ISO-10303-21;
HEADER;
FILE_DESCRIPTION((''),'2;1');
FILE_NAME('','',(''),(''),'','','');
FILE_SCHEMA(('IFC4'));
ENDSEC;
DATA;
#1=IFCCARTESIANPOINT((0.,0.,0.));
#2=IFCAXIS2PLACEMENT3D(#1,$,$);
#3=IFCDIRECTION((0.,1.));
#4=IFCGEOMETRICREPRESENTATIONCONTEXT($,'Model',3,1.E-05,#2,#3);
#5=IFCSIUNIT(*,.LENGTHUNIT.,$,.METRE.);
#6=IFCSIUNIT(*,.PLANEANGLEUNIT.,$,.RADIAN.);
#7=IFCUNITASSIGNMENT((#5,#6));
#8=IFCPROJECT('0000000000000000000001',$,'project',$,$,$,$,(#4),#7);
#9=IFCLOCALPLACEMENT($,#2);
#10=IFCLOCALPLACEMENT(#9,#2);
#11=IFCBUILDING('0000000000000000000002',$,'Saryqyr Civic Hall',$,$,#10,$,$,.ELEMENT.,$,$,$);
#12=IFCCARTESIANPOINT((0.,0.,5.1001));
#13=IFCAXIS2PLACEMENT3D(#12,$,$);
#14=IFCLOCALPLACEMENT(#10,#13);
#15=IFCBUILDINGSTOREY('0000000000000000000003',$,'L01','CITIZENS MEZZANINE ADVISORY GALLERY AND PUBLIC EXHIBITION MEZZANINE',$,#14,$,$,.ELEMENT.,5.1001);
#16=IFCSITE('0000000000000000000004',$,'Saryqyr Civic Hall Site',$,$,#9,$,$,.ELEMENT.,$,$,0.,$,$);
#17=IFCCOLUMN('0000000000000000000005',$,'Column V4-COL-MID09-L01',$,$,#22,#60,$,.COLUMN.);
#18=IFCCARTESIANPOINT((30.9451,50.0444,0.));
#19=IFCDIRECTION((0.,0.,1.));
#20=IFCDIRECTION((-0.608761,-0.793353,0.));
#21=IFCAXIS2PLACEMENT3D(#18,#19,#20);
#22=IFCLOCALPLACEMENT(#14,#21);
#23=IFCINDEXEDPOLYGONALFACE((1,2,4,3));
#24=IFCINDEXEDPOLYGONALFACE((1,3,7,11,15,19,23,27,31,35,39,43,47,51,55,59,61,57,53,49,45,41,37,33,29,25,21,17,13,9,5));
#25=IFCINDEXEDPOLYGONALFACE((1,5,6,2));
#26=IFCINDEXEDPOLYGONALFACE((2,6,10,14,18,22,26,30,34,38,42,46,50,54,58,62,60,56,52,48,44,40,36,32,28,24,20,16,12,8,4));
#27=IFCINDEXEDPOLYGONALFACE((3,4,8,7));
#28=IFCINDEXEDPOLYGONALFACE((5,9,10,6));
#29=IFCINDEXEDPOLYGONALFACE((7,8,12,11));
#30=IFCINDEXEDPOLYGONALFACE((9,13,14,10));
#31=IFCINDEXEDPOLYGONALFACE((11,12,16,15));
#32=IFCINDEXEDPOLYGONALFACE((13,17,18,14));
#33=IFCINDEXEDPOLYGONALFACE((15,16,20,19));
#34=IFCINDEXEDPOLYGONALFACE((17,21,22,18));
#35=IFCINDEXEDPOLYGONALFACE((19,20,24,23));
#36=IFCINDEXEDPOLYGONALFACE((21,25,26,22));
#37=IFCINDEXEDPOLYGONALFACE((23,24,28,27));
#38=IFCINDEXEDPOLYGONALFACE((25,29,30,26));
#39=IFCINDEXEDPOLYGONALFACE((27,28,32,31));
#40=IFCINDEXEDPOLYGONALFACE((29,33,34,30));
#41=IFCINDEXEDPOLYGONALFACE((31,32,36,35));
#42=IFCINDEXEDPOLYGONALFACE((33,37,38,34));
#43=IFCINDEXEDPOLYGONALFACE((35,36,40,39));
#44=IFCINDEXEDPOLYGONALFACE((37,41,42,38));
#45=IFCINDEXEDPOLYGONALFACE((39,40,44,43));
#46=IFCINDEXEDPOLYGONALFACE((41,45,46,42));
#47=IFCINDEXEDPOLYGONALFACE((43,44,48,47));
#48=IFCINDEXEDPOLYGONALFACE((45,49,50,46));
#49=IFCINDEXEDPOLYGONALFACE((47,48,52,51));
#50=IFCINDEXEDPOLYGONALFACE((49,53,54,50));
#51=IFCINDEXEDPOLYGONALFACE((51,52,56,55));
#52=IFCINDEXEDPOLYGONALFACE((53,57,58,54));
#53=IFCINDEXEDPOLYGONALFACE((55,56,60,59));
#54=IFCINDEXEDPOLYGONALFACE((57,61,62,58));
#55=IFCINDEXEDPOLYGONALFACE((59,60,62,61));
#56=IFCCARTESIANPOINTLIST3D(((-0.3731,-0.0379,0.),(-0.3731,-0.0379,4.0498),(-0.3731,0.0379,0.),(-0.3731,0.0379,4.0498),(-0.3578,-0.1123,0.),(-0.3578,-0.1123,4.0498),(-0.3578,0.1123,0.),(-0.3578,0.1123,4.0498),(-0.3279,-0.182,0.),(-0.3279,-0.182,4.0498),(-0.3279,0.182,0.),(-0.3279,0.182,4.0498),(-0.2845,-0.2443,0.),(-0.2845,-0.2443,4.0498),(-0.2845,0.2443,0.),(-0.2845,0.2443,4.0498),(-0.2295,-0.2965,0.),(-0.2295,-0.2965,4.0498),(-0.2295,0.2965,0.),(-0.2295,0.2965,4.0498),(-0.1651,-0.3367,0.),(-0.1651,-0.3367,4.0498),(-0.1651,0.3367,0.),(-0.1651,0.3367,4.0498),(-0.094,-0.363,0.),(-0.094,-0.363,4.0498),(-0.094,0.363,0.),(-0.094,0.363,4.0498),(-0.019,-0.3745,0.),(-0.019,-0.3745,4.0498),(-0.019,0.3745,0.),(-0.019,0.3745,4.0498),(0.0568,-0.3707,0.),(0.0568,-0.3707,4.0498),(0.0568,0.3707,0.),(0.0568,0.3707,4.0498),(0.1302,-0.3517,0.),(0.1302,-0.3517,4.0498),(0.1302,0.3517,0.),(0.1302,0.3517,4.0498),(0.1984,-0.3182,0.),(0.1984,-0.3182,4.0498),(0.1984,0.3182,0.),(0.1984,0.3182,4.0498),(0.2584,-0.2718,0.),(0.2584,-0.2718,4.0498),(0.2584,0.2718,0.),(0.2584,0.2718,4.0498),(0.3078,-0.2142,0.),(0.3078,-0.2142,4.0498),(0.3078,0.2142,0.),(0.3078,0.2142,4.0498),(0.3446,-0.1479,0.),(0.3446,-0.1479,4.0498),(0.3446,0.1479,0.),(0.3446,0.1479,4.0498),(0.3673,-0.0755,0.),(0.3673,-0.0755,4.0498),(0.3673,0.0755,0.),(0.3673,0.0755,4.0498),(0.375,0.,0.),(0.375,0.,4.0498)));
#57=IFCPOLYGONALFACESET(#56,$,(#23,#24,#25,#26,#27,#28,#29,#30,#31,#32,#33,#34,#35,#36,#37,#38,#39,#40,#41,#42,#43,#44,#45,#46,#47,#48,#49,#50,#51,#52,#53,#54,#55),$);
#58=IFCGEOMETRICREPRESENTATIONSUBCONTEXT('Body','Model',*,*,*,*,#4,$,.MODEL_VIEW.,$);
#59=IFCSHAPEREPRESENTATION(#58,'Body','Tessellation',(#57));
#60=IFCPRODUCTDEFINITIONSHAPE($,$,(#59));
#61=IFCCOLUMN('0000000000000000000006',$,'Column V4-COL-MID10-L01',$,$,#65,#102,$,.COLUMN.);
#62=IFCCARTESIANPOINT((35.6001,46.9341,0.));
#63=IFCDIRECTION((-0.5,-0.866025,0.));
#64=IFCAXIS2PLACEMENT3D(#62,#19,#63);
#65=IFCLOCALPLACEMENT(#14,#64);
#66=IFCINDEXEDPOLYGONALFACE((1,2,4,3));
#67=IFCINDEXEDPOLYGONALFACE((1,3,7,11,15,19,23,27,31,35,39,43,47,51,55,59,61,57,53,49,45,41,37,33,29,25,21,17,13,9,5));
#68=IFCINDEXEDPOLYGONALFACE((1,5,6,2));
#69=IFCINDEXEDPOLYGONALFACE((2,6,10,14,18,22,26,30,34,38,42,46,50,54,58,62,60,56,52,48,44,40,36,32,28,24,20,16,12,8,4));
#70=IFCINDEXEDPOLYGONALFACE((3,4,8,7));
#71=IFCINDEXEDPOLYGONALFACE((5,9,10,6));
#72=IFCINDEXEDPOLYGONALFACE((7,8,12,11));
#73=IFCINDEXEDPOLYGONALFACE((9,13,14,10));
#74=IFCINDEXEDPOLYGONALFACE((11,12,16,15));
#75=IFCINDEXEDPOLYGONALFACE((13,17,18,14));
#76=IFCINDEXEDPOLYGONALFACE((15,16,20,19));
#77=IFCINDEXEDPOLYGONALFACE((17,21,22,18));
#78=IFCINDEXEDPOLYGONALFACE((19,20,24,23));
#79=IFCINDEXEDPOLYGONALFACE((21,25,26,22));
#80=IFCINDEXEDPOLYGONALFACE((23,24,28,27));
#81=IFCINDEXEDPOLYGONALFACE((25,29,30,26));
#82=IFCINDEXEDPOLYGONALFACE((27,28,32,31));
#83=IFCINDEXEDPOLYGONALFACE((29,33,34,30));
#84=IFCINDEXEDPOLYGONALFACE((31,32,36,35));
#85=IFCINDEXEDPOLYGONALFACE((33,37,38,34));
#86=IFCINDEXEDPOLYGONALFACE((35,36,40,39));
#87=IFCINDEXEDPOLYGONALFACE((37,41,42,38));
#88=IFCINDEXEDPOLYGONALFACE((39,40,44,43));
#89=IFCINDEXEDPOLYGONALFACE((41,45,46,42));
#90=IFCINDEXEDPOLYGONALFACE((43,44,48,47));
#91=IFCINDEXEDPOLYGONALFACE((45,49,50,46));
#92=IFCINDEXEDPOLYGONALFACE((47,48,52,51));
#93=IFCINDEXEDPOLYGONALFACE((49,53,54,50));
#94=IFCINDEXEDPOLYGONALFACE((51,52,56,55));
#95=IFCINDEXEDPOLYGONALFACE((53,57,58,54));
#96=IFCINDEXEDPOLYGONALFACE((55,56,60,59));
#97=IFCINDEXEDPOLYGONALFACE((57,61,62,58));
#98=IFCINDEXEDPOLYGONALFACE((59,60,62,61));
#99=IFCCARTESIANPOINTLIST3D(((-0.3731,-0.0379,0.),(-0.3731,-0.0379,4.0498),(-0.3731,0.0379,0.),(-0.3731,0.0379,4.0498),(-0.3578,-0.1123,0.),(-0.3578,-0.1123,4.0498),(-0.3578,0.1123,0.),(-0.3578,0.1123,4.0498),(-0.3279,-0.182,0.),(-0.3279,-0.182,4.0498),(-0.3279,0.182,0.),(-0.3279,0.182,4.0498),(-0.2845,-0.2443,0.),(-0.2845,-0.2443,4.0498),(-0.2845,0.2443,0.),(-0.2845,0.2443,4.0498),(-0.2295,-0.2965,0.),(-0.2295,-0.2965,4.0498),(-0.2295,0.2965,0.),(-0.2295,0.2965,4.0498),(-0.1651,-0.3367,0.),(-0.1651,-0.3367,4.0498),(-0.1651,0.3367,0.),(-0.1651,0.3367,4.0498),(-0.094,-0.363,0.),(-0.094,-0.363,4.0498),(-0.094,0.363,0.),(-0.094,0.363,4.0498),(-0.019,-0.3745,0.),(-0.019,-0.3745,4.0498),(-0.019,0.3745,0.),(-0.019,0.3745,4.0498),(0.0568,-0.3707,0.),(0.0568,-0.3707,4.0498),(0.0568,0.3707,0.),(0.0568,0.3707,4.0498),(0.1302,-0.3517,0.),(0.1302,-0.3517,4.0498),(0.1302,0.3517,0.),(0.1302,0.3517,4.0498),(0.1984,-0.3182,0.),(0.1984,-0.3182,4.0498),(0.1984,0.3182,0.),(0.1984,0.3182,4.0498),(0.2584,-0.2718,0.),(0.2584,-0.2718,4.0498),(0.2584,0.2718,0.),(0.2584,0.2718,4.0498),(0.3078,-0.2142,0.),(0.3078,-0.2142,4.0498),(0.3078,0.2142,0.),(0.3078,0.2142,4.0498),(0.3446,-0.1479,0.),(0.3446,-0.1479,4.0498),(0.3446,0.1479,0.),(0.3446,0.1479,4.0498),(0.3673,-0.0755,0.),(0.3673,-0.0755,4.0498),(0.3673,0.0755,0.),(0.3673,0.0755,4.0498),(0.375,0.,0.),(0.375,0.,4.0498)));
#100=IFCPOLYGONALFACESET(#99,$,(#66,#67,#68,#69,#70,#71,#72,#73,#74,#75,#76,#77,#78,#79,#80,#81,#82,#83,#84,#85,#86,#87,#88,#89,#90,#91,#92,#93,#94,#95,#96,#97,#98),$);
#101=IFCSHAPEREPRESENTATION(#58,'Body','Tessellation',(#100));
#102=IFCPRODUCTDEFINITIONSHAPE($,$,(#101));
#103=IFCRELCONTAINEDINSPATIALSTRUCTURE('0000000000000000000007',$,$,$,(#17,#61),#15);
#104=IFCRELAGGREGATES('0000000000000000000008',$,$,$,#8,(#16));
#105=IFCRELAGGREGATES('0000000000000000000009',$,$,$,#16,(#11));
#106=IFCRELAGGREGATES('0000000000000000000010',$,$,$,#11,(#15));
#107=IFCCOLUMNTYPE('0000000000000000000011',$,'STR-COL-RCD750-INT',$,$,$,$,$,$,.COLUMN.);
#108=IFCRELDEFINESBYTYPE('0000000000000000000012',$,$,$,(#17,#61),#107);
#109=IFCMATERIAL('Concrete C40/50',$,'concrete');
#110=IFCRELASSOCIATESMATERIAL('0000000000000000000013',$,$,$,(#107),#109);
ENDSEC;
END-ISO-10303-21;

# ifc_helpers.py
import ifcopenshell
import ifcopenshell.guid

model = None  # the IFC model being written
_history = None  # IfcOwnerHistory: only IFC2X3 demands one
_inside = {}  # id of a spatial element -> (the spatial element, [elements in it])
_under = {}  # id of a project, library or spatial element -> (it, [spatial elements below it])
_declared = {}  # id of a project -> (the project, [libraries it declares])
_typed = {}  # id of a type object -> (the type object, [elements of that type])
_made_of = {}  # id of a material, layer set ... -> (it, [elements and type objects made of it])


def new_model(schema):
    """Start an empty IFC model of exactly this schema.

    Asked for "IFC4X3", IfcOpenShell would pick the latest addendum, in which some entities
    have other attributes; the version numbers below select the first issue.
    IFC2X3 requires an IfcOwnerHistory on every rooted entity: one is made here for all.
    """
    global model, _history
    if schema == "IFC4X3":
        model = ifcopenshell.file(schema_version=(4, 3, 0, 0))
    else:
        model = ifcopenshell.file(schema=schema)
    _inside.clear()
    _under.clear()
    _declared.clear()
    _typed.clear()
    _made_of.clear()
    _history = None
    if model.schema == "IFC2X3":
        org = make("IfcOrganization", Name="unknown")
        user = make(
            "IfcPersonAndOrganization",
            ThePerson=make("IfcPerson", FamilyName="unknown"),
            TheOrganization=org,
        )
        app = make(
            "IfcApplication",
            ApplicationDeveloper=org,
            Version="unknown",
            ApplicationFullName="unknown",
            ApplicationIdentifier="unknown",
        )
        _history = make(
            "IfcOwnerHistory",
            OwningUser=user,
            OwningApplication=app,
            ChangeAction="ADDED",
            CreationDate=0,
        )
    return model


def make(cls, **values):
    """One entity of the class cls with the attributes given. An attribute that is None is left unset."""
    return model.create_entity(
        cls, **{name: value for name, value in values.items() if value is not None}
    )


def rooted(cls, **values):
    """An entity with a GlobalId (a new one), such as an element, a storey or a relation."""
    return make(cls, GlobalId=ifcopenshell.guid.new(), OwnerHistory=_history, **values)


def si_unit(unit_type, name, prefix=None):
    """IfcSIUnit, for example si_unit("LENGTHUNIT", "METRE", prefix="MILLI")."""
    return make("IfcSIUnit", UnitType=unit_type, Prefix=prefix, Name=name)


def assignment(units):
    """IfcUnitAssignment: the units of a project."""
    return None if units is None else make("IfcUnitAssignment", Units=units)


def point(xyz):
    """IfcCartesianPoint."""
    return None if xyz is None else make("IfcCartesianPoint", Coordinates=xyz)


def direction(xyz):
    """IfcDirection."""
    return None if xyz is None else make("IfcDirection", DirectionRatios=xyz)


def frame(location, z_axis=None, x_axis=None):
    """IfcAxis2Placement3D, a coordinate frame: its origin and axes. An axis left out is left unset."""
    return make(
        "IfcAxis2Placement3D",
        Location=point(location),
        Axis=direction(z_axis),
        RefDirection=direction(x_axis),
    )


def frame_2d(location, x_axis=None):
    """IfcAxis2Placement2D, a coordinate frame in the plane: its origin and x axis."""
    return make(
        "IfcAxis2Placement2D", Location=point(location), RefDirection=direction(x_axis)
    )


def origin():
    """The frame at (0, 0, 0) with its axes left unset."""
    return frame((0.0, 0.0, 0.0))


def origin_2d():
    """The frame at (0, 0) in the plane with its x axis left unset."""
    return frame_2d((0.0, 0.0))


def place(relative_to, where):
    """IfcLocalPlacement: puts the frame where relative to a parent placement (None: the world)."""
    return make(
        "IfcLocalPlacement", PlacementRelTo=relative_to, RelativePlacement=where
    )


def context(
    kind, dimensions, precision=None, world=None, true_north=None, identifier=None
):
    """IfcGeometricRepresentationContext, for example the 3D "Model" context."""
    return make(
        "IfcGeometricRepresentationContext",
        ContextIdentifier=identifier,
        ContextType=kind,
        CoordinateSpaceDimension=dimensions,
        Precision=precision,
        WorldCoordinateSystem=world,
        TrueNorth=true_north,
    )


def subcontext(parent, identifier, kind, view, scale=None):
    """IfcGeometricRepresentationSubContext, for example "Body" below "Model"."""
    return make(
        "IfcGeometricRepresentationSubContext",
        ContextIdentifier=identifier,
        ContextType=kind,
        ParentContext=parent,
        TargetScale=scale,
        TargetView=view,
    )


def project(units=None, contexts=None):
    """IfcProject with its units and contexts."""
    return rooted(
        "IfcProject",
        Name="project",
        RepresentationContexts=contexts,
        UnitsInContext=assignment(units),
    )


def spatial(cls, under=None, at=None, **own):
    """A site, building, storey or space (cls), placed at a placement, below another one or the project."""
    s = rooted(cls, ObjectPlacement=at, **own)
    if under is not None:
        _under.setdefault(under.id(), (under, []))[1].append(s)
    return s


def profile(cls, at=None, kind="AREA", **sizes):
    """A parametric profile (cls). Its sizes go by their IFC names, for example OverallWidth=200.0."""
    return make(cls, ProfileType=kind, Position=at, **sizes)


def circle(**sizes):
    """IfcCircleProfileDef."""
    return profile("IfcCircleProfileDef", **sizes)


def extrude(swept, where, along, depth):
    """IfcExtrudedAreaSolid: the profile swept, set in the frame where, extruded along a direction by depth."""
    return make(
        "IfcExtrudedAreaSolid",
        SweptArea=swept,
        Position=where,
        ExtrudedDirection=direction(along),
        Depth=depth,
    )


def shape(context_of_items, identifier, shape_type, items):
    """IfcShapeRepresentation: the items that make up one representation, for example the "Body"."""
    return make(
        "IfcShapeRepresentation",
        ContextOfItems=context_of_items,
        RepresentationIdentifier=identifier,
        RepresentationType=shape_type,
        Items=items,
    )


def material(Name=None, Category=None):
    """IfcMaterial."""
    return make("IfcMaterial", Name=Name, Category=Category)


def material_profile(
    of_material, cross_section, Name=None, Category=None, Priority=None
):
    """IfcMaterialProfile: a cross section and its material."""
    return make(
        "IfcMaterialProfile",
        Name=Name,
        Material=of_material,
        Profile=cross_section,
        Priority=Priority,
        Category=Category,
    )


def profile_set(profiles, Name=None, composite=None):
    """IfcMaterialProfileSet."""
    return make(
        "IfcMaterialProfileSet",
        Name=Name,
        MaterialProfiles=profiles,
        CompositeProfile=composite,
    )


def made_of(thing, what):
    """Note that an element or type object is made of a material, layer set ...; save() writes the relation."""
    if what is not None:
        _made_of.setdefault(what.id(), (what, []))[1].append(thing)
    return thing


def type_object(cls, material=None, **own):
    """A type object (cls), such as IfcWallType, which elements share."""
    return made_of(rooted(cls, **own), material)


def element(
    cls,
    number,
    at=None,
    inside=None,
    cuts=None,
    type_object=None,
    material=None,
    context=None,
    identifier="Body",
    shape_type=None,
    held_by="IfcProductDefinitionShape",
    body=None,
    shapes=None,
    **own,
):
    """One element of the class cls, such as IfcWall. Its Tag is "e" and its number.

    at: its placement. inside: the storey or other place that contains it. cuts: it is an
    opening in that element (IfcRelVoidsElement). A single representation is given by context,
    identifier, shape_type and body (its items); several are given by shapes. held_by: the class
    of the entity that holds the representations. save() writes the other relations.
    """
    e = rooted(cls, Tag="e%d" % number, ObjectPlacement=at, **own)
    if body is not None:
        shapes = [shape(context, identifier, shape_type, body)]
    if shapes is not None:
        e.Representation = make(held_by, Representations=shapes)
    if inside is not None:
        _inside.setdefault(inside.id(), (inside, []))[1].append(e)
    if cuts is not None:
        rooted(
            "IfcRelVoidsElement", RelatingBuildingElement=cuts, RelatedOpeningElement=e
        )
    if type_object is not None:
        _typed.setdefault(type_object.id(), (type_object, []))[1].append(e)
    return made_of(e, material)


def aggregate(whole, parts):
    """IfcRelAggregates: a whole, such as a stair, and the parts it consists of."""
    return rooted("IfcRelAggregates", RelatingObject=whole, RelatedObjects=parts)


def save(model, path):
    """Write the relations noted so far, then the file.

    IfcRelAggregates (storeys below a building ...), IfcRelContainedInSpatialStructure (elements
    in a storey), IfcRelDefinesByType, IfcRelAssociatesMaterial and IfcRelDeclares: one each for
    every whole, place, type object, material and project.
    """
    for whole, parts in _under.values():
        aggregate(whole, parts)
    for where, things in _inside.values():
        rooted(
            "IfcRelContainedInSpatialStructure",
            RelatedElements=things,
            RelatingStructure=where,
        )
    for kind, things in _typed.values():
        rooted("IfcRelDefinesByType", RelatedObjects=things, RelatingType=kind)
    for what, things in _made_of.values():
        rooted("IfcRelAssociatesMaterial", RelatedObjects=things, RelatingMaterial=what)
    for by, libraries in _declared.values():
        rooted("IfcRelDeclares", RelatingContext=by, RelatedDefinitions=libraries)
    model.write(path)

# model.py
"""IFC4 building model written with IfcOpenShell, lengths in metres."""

from ifc_helpers import new_model, si_unit, direction, frame, origin, origin_2d, place, context, subcontext, project, spatial, circle, extrude, material, material_profile, profile_set, type_object, element, save


model = new_model("IFC4")

# Units and contexts
model_context = context("Model", 3, precision=1e-05, world=origin(), true_north=direction((0.0, 1.0)))
body_context = subcontext(model_context, "Body", "Model", "MODEL_VIEW")
ifc_project = project(units=[si_unit("LENGTHUNIT", "METRE"), si_unit("PLANEANGLEUNIT", "RADIAN")], contexts=[model_context])

# Site, building, storey
site_placement = place(None, origin())
site = spatial("IfcSite", under=ifc_project, at=site_placement, Name="Saryqyr Civic Hall Site", CompositionType="ELEMENT", RefElevation=0.0)
building_placement = place(site_placement, origin())
building = spatial("IfcBuilding", under=site, at=building_placement, Name="Saryqyr Civic Hall", CompositionType="ELEMENT")
storey_placement = place(building_placement, frame((0.0, 0.0, 5.1001)))
storey = spatial("IfcBuildingStorey", under=building, at=storey_placement, Name="L01", Description="CITIZENS MEZZANINE ADVISORY GALLERY AND PUBLIC EXHIBITION MEZZANINE", CompositionType="ELEMENT", Elevation=5.1001)

# Columns
ifc_material_1 = material(Name="Concrete C40/50", Category="concrete")
ifc_material_profile_1 = material_profile(ifc_material_1, circle(Radius=0.375, at=origin_2d()), Name="RC D750")
ifc_profile_set_1 = profile_set([ifc_material_profile_1], Name="Concrete C40/50")
column_type_1 = type_object("IfcColumnType", Name="STR-COL-RCD750-INT", PredefinedType="COLUMN", material=ifc_profile_set_1)
for number, where, z_axis, x_axis, name in (
    (1, (30.9451, 50.0444, 0.0), (0.0, 0.0, 1.0), (-0.608761, -0.793353, 0.0), "Column V4-COL-MID09-L01"),
    (2, (35.6001, 46.9341, 0.0), (0.0, 0.0, 1.0), (-0.5, -0.866025, 0.0), "Column V4-COL-MID10-L01"),
):
    element("IfcColumn", number, at=place(storey_placement, frame(where, z_axis=z_axis, x_axis=x_axis)), inside=storey, type_object=column_type_1, Name=name, PredefinedType="COLUMN", context=body_context, shape_type="SweptSolid", body=[
        extrude(circle(Radius=0.375, at=origin_2d()), origin(), (0.0, 0.0, 1.0), 4.0498),
    ])

save(model, "model.ifc")
